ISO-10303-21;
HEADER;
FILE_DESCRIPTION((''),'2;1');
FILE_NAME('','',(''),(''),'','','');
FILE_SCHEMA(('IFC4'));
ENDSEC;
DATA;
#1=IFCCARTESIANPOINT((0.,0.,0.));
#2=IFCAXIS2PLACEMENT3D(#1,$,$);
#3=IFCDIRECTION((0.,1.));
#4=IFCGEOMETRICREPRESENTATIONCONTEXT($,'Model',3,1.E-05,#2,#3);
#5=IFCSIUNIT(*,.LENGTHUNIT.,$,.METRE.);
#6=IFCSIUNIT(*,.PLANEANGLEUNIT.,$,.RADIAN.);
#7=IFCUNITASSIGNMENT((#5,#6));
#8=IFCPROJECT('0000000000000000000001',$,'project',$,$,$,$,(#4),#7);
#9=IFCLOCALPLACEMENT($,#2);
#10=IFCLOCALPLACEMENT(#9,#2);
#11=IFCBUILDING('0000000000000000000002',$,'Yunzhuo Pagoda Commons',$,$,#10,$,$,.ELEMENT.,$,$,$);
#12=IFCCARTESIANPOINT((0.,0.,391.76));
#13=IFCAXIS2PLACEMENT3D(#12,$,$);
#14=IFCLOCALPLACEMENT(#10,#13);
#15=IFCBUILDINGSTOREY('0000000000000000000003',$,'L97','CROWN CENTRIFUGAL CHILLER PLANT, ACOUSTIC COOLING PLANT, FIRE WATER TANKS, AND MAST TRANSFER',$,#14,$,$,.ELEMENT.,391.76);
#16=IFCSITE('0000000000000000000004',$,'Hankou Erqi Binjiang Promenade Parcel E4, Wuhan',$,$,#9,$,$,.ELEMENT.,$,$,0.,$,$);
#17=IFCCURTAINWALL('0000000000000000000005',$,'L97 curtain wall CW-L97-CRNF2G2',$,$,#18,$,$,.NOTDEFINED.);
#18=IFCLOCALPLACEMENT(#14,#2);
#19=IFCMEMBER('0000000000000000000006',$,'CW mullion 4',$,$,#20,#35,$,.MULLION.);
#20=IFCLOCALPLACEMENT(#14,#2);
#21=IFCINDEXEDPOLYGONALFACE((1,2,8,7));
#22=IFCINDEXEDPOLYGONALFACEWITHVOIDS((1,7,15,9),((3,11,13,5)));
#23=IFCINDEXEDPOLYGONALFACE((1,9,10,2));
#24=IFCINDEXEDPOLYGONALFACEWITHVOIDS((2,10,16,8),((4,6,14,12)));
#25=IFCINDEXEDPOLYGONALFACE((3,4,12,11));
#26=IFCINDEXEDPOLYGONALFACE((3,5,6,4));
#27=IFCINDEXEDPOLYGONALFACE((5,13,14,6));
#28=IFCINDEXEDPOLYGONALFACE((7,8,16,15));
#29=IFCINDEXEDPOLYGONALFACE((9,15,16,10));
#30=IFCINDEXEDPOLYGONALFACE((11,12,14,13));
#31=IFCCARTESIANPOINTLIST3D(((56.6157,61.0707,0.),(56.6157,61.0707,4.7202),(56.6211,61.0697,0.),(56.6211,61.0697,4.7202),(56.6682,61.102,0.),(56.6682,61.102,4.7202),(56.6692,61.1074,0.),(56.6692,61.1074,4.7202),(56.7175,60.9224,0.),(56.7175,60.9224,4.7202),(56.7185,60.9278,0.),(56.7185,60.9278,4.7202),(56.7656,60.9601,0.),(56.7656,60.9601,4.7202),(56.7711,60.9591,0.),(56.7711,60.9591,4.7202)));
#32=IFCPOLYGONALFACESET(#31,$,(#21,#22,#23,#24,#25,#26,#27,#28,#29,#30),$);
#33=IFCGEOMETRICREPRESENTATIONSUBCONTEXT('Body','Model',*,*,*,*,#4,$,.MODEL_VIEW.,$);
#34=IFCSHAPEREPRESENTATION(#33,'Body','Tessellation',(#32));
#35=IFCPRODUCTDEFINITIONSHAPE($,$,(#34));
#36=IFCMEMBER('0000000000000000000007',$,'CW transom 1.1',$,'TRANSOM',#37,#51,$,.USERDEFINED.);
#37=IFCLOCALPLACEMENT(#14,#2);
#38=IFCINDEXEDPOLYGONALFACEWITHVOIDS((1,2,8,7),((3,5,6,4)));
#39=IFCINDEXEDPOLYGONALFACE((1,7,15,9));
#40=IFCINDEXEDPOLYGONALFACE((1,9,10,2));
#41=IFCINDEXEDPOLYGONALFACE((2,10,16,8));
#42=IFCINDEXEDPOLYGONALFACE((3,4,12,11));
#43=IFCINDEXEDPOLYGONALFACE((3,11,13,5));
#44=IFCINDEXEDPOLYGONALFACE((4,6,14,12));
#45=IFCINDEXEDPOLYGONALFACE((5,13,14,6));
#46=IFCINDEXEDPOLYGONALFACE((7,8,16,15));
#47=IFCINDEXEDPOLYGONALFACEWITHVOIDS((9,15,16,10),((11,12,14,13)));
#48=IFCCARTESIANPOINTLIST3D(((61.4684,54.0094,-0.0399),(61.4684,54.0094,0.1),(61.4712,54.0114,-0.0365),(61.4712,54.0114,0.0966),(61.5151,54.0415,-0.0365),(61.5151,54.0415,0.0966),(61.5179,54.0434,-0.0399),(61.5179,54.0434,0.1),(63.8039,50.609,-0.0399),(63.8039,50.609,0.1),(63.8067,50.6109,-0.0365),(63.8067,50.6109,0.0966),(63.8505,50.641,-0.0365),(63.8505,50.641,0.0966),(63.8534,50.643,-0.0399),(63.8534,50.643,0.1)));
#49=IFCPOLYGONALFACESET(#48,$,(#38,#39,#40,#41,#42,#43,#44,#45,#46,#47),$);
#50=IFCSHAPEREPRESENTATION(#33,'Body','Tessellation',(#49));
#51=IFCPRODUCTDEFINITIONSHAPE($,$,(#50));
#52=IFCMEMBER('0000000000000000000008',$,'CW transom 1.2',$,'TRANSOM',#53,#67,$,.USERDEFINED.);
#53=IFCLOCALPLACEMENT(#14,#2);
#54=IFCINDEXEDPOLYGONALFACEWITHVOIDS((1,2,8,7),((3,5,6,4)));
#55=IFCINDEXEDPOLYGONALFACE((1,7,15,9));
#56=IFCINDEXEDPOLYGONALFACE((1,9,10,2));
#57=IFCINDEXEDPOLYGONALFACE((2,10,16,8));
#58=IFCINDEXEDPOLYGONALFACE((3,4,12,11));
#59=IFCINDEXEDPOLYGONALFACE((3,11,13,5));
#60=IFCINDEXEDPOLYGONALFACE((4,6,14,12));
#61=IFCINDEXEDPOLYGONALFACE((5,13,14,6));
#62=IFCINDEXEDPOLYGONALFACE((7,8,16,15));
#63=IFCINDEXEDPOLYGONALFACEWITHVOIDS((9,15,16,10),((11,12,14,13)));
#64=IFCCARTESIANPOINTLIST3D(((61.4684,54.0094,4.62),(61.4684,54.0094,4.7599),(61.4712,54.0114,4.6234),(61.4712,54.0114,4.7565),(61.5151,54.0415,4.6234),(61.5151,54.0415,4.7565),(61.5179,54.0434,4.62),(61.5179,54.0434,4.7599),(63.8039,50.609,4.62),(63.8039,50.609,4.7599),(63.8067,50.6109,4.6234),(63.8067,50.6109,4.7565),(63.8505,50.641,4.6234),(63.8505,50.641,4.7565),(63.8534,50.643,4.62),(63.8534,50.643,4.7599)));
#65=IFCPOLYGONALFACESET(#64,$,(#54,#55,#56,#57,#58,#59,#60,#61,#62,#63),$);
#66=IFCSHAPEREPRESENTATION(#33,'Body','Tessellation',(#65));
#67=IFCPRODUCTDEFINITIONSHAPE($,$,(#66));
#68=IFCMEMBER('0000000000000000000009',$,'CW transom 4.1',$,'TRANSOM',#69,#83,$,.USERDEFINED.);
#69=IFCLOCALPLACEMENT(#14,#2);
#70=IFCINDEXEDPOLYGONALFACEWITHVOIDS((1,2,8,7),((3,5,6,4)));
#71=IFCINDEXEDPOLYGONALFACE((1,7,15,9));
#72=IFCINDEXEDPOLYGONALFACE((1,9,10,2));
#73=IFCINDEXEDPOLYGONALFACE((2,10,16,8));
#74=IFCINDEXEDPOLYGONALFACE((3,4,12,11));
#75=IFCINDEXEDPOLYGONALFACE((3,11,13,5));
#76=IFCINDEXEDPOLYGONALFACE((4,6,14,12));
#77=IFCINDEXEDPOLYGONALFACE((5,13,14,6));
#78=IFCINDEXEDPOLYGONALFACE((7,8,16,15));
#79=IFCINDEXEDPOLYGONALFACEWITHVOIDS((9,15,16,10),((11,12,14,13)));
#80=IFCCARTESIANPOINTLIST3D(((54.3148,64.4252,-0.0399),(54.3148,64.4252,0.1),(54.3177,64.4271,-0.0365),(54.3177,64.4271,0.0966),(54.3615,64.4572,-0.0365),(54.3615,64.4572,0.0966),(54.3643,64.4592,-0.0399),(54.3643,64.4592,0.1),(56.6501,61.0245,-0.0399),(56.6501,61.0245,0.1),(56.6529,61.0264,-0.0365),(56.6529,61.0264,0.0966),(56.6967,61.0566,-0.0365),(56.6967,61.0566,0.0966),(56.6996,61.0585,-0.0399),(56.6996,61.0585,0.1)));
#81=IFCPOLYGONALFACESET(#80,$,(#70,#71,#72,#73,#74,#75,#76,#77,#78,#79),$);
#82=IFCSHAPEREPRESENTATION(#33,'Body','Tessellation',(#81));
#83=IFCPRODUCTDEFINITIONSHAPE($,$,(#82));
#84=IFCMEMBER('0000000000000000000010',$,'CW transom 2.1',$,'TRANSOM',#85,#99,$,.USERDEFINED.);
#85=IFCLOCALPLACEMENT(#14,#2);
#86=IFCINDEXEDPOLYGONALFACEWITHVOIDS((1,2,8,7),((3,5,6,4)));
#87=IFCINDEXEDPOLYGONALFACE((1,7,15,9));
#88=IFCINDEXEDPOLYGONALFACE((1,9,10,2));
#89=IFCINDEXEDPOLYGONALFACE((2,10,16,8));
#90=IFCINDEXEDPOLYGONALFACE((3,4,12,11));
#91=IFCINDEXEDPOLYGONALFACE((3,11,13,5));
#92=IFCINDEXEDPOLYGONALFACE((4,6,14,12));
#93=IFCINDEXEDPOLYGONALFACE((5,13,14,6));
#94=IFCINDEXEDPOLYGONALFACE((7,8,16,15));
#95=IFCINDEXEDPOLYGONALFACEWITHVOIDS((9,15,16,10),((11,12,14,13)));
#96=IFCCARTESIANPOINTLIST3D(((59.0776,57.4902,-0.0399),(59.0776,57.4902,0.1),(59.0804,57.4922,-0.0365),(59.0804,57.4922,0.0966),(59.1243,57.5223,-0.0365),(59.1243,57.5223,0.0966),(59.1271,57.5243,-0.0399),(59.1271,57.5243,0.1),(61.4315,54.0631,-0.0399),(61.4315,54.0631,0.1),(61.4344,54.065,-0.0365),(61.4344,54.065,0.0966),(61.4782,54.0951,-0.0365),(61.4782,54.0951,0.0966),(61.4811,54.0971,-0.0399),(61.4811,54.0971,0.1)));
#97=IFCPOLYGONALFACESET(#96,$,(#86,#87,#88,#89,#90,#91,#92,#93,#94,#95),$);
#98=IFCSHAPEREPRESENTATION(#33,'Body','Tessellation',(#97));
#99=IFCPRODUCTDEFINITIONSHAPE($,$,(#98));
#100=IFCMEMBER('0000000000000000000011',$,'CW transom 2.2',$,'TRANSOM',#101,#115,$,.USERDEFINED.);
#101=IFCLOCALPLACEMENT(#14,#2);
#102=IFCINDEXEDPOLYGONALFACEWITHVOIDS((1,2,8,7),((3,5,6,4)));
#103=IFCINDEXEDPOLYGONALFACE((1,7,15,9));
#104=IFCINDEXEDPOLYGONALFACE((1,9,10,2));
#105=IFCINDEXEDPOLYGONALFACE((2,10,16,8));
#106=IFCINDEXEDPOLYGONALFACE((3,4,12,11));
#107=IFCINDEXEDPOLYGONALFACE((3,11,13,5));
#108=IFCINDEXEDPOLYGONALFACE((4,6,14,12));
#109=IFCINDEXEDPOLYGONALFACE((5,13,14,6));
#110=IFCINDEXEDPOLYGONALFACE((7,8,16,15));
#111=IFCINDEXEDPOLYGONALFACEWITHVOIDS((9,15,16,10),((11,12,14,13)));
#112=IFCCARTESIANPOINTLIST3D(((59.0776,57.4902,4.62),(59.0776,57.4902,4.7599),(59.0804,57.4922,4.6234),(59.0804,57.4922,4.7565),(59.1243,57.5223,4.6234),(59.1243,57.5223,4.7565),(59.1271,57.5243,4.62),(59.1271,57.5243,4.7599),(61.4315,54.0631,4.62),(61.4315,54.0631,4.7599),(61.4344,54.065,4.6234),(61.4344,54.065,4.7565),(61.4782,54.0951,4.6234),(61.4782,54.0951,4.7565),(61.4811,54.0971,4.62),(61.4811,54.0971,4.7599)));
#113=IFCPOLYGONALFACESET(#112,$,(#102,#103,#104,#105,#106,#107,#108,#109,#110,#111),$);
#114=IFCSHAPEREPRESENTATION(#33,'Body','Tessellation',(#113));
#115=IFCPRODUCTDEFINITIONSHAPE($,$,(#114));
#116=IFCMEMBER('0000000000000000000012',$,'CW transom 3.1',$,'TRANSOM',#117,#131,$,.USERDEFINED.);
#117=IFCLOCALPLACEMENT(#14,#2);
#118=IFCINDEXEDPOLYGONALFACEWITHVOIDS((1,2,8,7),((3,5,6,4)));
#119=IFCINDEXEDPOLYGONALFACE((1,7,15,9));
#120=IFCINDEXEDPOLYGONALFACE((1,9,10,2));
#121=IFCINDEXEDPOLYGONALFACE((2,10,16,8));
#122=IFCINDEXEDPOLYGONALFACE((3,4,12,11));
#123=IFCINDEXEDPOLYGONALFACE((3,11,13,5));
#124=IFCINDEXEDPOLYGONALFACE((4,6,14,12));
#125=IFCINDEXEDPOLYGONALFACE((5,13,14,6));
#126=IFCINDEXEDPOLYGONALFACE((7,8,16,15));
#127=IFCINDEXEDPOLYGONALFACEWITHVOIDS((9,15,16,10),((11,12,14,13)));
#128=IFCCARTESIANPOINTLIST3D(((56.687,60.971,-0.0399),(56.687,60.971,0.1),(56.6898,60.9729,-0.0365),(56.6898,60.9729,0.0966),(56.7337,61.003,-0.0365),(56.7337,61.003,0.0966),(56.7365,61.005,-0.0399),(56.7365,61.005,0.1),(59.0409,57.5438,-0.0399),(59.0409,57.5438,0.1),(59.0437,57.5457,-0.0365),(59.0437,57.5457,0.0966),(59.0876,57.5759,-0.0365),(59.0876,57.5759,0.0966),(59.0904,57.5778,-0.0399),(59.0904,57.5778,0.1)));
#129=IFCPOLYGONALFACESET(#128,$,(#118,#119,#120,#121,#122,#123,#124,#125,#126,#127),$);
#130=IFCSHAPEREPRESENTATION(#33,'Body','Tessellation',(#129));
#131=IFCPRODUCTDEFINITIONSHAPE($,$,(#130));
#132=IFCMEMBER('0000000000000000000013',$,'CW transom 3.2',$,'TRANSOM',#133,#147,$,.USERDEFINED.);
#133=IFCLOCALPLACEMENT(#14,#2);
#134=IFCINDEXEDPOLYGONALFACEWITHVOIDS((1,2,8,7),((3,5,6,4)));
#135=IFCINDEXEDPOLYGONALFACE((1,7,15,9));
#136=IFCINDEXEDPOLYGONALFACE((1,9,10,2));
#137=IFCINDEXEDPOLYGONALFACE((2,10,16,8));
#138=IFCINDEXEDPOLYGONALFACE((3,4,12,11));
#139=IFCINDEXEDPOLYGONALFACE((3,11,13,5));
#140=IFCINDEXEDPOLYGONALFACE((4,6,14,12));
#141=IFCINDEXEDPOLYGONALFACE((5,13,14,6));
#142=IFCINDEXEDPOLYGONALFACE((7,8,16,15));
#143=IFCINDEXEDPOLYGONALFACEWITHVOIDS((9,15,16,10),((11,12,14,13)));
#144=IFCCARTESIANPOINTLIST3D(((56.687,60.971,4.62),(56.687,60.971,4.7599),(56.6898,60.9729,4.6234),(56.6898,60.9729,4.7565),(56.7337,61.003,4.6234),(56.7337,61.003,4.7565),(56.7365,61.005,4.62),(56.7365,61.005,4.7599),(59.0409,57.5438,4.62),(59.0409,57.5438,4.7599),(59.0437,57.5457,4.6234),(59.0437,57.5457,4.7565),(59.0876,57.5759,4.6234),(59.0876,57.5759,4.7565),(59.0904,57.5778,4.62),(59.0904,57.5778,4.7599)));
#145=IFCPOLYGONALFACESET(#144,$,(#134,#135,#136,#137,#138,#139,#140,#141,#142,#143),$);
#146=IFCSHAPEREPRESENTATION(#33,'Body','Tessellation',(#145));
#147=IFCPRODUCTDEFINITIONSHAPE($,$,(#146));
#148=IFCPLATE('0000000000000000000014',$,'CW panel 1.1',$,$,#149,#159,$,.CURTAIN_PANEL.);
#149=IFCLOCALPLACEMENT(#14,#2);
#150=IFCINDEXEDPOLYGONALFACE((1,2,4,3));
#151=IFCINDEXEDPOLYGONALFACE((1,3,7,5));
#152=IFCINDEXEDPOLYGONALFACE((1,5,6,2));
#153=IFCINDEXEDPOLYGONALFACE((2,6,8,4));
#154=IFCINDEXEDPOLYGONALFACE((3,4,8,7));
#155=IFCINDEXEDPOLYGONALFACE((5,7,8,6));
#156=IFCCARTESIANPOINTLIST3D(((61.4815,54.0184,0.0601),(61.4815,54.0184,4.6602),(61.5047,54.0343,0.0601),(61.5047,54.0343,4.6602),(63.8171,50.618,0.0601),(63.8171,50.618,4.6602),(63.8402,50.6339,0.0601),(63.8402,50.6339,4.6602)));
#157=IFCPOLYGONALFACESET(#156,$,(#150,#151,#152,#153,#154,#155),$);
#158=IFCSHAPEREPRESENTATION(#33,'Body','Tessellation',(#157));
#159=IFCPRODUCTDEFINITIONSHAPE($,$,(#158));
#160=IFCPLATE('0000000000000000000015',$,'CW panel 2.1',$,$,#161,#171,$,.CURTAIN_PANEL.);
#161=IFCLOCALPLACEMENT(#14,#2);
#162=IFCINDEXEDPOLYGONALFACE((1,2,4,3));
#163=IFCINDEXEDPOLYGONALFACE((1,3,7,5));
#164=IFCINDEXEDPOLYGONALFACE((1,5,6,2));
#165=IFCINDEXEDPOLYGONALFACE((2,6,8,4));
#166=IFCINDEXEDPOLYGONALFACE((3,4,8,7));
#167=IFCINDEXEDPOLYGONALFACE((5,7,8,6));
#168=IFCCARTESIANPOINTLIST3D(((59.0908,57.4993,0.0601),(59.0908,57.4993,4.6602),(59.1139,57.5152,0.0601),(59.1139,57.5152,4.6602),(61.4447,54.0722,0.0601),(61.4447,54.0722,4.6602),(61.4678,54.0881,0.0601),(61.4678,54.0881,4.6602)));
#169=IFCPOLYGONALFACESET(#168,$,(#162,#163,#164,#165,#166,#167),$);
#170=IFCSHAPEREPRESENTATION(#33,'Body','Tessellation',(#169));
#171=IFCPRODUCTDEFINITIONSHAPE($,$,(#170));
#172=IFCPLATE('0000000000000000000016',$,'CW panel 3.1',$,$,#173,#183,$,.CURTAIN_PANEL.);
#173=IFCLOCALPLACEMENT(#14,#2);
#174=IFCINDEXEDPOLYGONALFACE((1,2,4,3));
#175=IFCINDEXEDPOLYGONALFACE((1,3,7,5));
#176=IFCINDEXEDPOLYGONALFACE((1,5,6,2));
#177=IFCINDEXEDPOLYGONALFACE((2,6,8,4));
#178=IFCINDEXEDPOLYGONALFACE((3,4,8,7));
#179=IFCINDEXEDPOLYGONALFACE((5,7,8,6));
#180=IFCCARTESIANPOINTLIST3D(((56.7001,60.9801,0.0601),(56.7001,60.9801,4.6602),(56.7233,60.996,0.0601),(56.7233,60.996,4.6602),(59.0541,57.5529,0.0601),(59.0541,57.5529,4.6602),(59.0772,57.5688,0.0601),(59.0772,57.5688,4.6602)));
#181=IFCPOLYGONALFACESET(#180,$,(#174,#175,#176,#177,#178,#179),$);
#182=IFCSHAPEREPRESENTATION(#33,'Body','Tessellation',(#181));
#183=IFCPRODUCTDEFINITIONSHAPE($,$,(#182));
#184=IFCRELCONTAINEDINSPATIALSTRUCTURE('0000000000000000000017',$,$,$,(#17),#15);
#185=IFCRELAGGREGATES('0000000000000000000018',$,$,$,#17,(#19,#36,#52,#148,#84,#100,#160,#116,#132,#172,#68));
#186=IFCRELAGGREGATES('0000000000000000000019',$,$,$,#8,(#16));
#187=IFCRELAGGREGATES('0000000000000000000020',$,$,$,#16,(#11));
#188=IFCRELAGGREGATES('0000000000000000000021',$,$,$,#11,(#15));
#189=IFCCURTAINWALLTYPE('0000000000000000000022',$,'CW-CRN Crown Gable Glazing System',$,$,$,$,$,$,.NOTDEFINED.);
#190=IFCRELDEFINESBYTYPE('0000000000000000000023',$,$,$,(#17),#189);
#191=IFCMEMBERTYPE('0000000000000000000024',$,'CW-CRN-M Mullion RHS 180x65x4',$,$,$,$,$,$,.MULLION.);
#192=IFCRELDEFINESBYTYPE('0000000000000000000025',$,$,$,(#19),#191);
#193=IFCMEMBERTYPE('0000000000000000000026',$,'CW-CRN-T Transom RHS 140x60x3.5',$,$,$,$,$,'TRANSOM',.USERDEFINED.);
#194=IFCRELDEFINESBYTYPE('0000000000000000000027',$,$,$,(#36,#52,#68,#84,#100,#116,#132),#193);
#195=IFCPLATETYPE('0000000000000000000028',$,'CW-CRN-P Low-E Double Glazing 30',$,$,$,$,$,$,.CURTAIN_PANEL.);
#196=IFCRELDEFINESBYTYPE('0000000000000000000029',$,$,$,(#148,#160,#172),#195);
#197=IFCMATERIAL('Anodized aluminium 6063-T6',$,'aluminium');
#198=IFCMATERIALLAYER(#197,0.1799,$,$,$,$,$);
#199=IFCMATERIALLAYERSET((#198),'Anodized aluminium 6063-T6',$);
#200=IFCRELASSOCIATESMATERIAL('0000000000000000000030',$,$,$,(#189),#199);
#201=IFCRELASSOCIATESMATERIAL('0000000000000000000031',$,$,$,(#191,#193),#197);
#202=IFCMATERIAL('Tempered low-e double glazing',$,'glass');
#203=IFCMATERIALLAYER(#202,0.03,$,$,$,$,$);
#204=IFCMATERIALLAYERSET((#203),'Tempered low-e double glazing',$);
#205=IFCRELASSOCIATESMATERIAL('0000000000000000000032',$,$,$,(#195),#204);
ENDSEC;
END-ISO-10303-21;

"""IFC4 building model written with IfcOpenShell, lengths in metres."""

from ifc_helpers import new_model, si_unit, direction, frame, origin, origin_2d, place, context, subcontext, project, spatial, rectangle, hollow_rectangle, extrude, source, transform, mapped, material, layer, layer_set, material_profile, profile_set, type_object, element, aggregate, save


model = new_model("IFC4")

# Units and contexts
model_context = context("Model", 3, precision=1e-05, world=origin(), true_north=direction((0.0, 1.0)))
body_context = subcontext(model_context, "Body", "Model", "MODEL_VIEW")
ifc_project = project(units=[si_unit("LENGTHUNIT", "METRE"), si_unit("PLANEANGLEUNIT", "RADIAN")], contexts=[model_context])

# Site, building, storey
site_placement = place(None, origin())
site = spatial("IfcSite", under=ifc_project, at=site_placement, Name="Hankou Erqi Binjiang Promenade Parcel E4, Wuhan", CompositionType="ELEMENT", RefElevation=0.0)
building_placement = place(site_placement, origin())
building = spatial("IfcBuilding", under=site, at=building_placement, Name="Yunzhuo Pagoda Commons", CompositionType="ELEMENT")
storey_placement = place(building_placement, frame((0.0, 0.0, 391.76)))
storey = spatial("IfcBuildingStorey", under=building, at=storey_placement, Name="L97", Description="CROWN CENTRIFUGAL CHILLER PLANT, ACOUSTIC COOLING PLANT, FIRE WATER TANKS, AND MAST TRANSFER", CompositionType="ELEMENT", Elevation=391.76)

# Shared definitions
ifc_material_1 = material(Name="Anodized aluminium 6063-T6", Category="aluminium")
ifc_layer_1 = layer(ifc_material_1, 0.1799)
ifc_layer_set_1 = layer_set([ifc_layer_1], Name="Anodized aluminium 6063-T6")
curtain_wall_type = type_object("IfcCurtainWallType", Name="CW-CRN Crown Gable Glazing System", PredefinedType="NOTDEFINED", material=ifc_layer_set_1)
ifc_material_profile_1 = material_profile(ifc_material_1, hollow_rectangle(XDim=0.0649, YDim=0.1799, WallThickness=0.0039, at=origin_2d()), Name="Anodized aluminium 6063-T6")
ifc_profile_set_1 = profile_set([ifc_material_profile_1], Name="Anodized aluminium 6063-T6")
member_type_1 = type_object("IfcMemberType", Name="CW-CRN-M Mullion RHS 180x65x4", PredefinedType="MULLION", material=ifc_profile_set_1)
shared_shape_1 = source(origin(), body_context, "Body", "SweptSolid", [
    extrude(hollow_rectangle(XDim=0.0649, YDim=0.1799, WallThickness=0.0039, at=origin_2d()), origin(), (0.0, 0.0, 1.0), 4.7202),
])

# Curtain wall, members, plates
curtain_wall_1_placement = place(storey_placement, origin())
curtain_wall_1 = element("IfcCurtainWall", 1, at=curtain_wall_1_placement, inside=storey, type_object=curtain_wall_type, Name="L97 curtain wall CW-L97-CRNF2G2", PredefinedType="NOTDEFINED")
member_1_placement = place(storey_placement, frame((56.6934, 61.0149, 0.0), z_axis=(0.0, 0.0, 1.0), x_axis=(-0.824296, -0.566159, 0.0)))
member_1 = element("IfcMember", 2, at=member_1_placement, type_object=member_type_1, Name="CW mullion 4", PredefinedType="MULLION", context=body_context, shape_type="MappedRepresentation", body=[
    mapped(shared_shape_1, transform((0.0, 0.0, 0.0), scale=1.0)),
])
ifc_material_profile_2 = material_profile(ifc_material_1, hollow_rectangle(XDim=0.0601, YDim=0.1399, WallThickness=0.0034, at=origin_2d()), Name="Anodized aluminium 6063-T6")
ifc_profile_set_2 = profile_set([ifc_material_profile_2], Name="Anodized aluminium 6063-T6")
member_type_2 = type_object("IfcMemberType", Name="CW-CRN-T Transom RHS 140x60x3.5", ElementType="TRANSOM", PredefinedType="USERDEFINED", material=ifc_profile_set_2)
shared_shape_2 = source(origin(), body_context, "Body", "SweptSolid", [
    extrude(hollow_rectangle(XDim=0.0601, YDim=0.1399, WallThickness=0.0034, at=origin_2d()), origin(), (0.0, 0.0, 1.0), 4.1252),
])
member_2_placement = place(storey_placement, frame((63.8286, 50.626, 0.03), z_axis=(-0.566147, 0.824304, 0.0), x_axis=(-0.824304, -0.566147, 0.0)))
member_2 = element("IfcMember", 3, at=member_2_placement, type_object=member_type_2, Name="CW transom 1.1", ObjectType="TRANSOM", PredefinedType="USERDEFINED", context=body_context, shape_type="MappedRepresentation", body=[
    mapped(shared_shape_2, transform((0.0, 0.0, 0.0), scale=1.0)),
])
member_3_placement = place(storey_placement, frame((63.8286, 50.626, 4.6899), z_axis=(-0.566147, 0.824304, 0.0), x_axis=(-0.824304, -0.566147, 0.0)))
member_3 = element("IfcMember", 4, at=member_3_placement, type_object=member_type_2, Name="CW transom 1.2", ObjectType="TRANSOM", PredefinedType="USERDEFINED", context=body_context, shape_type="MappedRepresentation", body=[
    mapped(shared_shape_2, transform((0.0, 0.0, 0.0), scale=1.0)),
])
member_4_placement = place(storey_placement, frame((56.6748, 61.0415, 0.03), z_axis=(-0.566079, 0.824351, 0.0), x_axis=(-0.824351, -0.566079, 0.0)))
member_4 = element("IfcMember", 5, at=member_4_placement, type_object=member_type_2, Name="CW transom 4.1", ObjectType="TRANSOM", PredefinedType="USERDEFINED", context=body_context, shape_type="MappedRepresentation", body=[
    mapped(shared_shape_2, transform((0.0, 0.0, 0.0), scale=1.0)),
])
shared_shape_3 = source(origin(), body_context, "Body", "SweptSolid", [
    extrude(hollow_rectangle(XDim=0.0601, YDim=0.1399, WallThickness=0.0034, at=origin_2d()), origin(), (0.0, 0.0, 1.0), 4.1577),
])
member_5_placement = place(storey_placement, frame((61.4563, 54.0801, 0.03), z_axis=(-0.566165, 0.824292, 0.0), x_axis=(-0.824292, -0.566165, 0.0)))
member_5 = element("IfcMember", 6, at=member_5_placement, type_object=member_type_2, Name="CW transom 2.1", ObjectType="TRANSOM", PredefinedType="USERDEFINED", context=body_context, shape_type="MappedRepresentation", body=[
    mapped(shared_shape_3, transform((0.0, 0.0, 0.0), scale=1.0)),
])
member_6_placement = place(storey_placement, frame((61.4563, 54.0801, 4.6899), z_axis=(-0.566165, 0.824292, 0.0), x_axis=(-0.824292, -0.566165, 0.0)))
member_6 = element("IfcMember", 7, at=member_6_placement, type_object=member_type_2, Name="CW transom 2.2", ObjectType="TRANSOM", PredefinedType="USERDEFINED", context=body_context, shape_type="MappedRepresentation", body=[
    mapped(shared_shape_3, transform((0.0, 0.0, 0.0), scale=1.0)),
])
member_7_placement = place(storey_placement, frame((59.0657, 57.5608, 0.03), z_axis=(-0.566165, 0.824292, 0.0), x_axis=(-0.824292, -0.566165, 0.0)))
member_7 = element("IfcMember", 8, at=member_7_placement, type_object=member_type_2, Name="CW transom 3.1", ObjectType="TRANSOM", PredefinedType="USERDEFINED", context=body_context, shape_type="MappedRepresentation", body=[
    mapped(shared_shape_3, transform((0.0, 0.0, 0.0), scale=1.0)),
])
member_8_placement = place(storey_placement, frame((59.0657, 57.5608, 4.6899), z_axis=(-0.566165, 0.824292, 0.0), x_axis=(-0.824292, -0.566165, 0.0)))
member_8 = element("IfcMember", 9, at=member_8_placement, type_object=member_type_2, Name="CW transom 3.2", ObjectType="TRANSOM", PredefinedType="USERDEFINED", context=body_context, shape_type="MappedRepresentation", body=[
    mapped(shared_shape_3, transform((0.0, 0.0, 0.0), scale=1.0)),
])
ifc_material_2 = material(Name="Tempered low-e double glazing", Category="glass")
ifc_layer_2 = layer(ifc_material_2, 0.03)
ifc_layer_set_2 = layer_set([ifc_layer_2], Name="Tempered low-e double glazing")
plate_type = type_object("IfcPlateType", Name="CW-CRN-P Low-E Double Glazing 30", PredefinedType="CURTAIN_PANEL", material=ifc_layer_set_2)
shared_shape_4 = source(origin(), body_context, "Body", "SweptSolid", [
    extrude(rectangle(XDim=4.1252, YDim=0.0281, at=origin_2d()), origin(), (0.0, 0.0, 1.0), 4.6001),
])
plate_1_placement = place(storey_placement, frame((62.6609, 52.3262, 0.0601), z_axis=(0.0, 0.0, 1.0), x_axis=(-0.566159, 0.824296, 0.0)))
plate_1 = element("IfcPlate", 10, at=plate_1_placement, type_object=plate_type, Name="CW panel 1.1", PredefinedType="CURTAIN_PANEL", context=body_context, shape_type="MappedRepresentation", body=[
    mapped(shared_shape_4, transform((0.0, 0.0, 0.0), scale=1.0)),
])
shared_shape_5 = source(origin(), body_context, "Body", "SweptSolid", [
    extrude(rectangle(XDim=4.1577, YDim=0.0281, at=origin_2d()), origin(), (0.0, 0.0, 1.0), 4.6001),
])
plate_2_placement = place(storey_placement, frame((60.2793, 55.7937, 0.0601), z_axis=(0.0, 0.0, 1.0), x_axis=(-0.566159, 0.824296, 0.0)))
plate_2 = element("IfcPlate", 11, at=plate_2_placement, type_object=plate_type, Name="CW panel 2.1", PredefinedType="CURTAIN_PANEL", context=body_context, shape_type="MappedRepresentation", body=[
    mapped(shared_shape_5, transform((0.0, 0.0, 0.0), scale=1.0)),
])
plate_3_placement = place(storey_placement, frame((57.8887, 59.2744, 0.0601), z_axis=(0.0, 0.0, 1.0), x_axis=(-0.566159, 0.824296, 0.0)))
plate_3 = element("IfcPlate", 12, at=plate_3_placement, type_object=plate_type, Name="CW panel 3.1", PredefinedType="CURTAIN_PANEL", context=body_context, shape_type="MappedRepresentation", body=[
    mapped(shared_shape_5, transform((0.0, 0.0, 0.0), scale=1.0)),
])
aggregate(curtain_wall_1, [member_1, member_2, member_3, plate_1, member_5, member_6, plate_2, member_7, member_8, plate_3, member_4])

save(model, "model.ifc")
